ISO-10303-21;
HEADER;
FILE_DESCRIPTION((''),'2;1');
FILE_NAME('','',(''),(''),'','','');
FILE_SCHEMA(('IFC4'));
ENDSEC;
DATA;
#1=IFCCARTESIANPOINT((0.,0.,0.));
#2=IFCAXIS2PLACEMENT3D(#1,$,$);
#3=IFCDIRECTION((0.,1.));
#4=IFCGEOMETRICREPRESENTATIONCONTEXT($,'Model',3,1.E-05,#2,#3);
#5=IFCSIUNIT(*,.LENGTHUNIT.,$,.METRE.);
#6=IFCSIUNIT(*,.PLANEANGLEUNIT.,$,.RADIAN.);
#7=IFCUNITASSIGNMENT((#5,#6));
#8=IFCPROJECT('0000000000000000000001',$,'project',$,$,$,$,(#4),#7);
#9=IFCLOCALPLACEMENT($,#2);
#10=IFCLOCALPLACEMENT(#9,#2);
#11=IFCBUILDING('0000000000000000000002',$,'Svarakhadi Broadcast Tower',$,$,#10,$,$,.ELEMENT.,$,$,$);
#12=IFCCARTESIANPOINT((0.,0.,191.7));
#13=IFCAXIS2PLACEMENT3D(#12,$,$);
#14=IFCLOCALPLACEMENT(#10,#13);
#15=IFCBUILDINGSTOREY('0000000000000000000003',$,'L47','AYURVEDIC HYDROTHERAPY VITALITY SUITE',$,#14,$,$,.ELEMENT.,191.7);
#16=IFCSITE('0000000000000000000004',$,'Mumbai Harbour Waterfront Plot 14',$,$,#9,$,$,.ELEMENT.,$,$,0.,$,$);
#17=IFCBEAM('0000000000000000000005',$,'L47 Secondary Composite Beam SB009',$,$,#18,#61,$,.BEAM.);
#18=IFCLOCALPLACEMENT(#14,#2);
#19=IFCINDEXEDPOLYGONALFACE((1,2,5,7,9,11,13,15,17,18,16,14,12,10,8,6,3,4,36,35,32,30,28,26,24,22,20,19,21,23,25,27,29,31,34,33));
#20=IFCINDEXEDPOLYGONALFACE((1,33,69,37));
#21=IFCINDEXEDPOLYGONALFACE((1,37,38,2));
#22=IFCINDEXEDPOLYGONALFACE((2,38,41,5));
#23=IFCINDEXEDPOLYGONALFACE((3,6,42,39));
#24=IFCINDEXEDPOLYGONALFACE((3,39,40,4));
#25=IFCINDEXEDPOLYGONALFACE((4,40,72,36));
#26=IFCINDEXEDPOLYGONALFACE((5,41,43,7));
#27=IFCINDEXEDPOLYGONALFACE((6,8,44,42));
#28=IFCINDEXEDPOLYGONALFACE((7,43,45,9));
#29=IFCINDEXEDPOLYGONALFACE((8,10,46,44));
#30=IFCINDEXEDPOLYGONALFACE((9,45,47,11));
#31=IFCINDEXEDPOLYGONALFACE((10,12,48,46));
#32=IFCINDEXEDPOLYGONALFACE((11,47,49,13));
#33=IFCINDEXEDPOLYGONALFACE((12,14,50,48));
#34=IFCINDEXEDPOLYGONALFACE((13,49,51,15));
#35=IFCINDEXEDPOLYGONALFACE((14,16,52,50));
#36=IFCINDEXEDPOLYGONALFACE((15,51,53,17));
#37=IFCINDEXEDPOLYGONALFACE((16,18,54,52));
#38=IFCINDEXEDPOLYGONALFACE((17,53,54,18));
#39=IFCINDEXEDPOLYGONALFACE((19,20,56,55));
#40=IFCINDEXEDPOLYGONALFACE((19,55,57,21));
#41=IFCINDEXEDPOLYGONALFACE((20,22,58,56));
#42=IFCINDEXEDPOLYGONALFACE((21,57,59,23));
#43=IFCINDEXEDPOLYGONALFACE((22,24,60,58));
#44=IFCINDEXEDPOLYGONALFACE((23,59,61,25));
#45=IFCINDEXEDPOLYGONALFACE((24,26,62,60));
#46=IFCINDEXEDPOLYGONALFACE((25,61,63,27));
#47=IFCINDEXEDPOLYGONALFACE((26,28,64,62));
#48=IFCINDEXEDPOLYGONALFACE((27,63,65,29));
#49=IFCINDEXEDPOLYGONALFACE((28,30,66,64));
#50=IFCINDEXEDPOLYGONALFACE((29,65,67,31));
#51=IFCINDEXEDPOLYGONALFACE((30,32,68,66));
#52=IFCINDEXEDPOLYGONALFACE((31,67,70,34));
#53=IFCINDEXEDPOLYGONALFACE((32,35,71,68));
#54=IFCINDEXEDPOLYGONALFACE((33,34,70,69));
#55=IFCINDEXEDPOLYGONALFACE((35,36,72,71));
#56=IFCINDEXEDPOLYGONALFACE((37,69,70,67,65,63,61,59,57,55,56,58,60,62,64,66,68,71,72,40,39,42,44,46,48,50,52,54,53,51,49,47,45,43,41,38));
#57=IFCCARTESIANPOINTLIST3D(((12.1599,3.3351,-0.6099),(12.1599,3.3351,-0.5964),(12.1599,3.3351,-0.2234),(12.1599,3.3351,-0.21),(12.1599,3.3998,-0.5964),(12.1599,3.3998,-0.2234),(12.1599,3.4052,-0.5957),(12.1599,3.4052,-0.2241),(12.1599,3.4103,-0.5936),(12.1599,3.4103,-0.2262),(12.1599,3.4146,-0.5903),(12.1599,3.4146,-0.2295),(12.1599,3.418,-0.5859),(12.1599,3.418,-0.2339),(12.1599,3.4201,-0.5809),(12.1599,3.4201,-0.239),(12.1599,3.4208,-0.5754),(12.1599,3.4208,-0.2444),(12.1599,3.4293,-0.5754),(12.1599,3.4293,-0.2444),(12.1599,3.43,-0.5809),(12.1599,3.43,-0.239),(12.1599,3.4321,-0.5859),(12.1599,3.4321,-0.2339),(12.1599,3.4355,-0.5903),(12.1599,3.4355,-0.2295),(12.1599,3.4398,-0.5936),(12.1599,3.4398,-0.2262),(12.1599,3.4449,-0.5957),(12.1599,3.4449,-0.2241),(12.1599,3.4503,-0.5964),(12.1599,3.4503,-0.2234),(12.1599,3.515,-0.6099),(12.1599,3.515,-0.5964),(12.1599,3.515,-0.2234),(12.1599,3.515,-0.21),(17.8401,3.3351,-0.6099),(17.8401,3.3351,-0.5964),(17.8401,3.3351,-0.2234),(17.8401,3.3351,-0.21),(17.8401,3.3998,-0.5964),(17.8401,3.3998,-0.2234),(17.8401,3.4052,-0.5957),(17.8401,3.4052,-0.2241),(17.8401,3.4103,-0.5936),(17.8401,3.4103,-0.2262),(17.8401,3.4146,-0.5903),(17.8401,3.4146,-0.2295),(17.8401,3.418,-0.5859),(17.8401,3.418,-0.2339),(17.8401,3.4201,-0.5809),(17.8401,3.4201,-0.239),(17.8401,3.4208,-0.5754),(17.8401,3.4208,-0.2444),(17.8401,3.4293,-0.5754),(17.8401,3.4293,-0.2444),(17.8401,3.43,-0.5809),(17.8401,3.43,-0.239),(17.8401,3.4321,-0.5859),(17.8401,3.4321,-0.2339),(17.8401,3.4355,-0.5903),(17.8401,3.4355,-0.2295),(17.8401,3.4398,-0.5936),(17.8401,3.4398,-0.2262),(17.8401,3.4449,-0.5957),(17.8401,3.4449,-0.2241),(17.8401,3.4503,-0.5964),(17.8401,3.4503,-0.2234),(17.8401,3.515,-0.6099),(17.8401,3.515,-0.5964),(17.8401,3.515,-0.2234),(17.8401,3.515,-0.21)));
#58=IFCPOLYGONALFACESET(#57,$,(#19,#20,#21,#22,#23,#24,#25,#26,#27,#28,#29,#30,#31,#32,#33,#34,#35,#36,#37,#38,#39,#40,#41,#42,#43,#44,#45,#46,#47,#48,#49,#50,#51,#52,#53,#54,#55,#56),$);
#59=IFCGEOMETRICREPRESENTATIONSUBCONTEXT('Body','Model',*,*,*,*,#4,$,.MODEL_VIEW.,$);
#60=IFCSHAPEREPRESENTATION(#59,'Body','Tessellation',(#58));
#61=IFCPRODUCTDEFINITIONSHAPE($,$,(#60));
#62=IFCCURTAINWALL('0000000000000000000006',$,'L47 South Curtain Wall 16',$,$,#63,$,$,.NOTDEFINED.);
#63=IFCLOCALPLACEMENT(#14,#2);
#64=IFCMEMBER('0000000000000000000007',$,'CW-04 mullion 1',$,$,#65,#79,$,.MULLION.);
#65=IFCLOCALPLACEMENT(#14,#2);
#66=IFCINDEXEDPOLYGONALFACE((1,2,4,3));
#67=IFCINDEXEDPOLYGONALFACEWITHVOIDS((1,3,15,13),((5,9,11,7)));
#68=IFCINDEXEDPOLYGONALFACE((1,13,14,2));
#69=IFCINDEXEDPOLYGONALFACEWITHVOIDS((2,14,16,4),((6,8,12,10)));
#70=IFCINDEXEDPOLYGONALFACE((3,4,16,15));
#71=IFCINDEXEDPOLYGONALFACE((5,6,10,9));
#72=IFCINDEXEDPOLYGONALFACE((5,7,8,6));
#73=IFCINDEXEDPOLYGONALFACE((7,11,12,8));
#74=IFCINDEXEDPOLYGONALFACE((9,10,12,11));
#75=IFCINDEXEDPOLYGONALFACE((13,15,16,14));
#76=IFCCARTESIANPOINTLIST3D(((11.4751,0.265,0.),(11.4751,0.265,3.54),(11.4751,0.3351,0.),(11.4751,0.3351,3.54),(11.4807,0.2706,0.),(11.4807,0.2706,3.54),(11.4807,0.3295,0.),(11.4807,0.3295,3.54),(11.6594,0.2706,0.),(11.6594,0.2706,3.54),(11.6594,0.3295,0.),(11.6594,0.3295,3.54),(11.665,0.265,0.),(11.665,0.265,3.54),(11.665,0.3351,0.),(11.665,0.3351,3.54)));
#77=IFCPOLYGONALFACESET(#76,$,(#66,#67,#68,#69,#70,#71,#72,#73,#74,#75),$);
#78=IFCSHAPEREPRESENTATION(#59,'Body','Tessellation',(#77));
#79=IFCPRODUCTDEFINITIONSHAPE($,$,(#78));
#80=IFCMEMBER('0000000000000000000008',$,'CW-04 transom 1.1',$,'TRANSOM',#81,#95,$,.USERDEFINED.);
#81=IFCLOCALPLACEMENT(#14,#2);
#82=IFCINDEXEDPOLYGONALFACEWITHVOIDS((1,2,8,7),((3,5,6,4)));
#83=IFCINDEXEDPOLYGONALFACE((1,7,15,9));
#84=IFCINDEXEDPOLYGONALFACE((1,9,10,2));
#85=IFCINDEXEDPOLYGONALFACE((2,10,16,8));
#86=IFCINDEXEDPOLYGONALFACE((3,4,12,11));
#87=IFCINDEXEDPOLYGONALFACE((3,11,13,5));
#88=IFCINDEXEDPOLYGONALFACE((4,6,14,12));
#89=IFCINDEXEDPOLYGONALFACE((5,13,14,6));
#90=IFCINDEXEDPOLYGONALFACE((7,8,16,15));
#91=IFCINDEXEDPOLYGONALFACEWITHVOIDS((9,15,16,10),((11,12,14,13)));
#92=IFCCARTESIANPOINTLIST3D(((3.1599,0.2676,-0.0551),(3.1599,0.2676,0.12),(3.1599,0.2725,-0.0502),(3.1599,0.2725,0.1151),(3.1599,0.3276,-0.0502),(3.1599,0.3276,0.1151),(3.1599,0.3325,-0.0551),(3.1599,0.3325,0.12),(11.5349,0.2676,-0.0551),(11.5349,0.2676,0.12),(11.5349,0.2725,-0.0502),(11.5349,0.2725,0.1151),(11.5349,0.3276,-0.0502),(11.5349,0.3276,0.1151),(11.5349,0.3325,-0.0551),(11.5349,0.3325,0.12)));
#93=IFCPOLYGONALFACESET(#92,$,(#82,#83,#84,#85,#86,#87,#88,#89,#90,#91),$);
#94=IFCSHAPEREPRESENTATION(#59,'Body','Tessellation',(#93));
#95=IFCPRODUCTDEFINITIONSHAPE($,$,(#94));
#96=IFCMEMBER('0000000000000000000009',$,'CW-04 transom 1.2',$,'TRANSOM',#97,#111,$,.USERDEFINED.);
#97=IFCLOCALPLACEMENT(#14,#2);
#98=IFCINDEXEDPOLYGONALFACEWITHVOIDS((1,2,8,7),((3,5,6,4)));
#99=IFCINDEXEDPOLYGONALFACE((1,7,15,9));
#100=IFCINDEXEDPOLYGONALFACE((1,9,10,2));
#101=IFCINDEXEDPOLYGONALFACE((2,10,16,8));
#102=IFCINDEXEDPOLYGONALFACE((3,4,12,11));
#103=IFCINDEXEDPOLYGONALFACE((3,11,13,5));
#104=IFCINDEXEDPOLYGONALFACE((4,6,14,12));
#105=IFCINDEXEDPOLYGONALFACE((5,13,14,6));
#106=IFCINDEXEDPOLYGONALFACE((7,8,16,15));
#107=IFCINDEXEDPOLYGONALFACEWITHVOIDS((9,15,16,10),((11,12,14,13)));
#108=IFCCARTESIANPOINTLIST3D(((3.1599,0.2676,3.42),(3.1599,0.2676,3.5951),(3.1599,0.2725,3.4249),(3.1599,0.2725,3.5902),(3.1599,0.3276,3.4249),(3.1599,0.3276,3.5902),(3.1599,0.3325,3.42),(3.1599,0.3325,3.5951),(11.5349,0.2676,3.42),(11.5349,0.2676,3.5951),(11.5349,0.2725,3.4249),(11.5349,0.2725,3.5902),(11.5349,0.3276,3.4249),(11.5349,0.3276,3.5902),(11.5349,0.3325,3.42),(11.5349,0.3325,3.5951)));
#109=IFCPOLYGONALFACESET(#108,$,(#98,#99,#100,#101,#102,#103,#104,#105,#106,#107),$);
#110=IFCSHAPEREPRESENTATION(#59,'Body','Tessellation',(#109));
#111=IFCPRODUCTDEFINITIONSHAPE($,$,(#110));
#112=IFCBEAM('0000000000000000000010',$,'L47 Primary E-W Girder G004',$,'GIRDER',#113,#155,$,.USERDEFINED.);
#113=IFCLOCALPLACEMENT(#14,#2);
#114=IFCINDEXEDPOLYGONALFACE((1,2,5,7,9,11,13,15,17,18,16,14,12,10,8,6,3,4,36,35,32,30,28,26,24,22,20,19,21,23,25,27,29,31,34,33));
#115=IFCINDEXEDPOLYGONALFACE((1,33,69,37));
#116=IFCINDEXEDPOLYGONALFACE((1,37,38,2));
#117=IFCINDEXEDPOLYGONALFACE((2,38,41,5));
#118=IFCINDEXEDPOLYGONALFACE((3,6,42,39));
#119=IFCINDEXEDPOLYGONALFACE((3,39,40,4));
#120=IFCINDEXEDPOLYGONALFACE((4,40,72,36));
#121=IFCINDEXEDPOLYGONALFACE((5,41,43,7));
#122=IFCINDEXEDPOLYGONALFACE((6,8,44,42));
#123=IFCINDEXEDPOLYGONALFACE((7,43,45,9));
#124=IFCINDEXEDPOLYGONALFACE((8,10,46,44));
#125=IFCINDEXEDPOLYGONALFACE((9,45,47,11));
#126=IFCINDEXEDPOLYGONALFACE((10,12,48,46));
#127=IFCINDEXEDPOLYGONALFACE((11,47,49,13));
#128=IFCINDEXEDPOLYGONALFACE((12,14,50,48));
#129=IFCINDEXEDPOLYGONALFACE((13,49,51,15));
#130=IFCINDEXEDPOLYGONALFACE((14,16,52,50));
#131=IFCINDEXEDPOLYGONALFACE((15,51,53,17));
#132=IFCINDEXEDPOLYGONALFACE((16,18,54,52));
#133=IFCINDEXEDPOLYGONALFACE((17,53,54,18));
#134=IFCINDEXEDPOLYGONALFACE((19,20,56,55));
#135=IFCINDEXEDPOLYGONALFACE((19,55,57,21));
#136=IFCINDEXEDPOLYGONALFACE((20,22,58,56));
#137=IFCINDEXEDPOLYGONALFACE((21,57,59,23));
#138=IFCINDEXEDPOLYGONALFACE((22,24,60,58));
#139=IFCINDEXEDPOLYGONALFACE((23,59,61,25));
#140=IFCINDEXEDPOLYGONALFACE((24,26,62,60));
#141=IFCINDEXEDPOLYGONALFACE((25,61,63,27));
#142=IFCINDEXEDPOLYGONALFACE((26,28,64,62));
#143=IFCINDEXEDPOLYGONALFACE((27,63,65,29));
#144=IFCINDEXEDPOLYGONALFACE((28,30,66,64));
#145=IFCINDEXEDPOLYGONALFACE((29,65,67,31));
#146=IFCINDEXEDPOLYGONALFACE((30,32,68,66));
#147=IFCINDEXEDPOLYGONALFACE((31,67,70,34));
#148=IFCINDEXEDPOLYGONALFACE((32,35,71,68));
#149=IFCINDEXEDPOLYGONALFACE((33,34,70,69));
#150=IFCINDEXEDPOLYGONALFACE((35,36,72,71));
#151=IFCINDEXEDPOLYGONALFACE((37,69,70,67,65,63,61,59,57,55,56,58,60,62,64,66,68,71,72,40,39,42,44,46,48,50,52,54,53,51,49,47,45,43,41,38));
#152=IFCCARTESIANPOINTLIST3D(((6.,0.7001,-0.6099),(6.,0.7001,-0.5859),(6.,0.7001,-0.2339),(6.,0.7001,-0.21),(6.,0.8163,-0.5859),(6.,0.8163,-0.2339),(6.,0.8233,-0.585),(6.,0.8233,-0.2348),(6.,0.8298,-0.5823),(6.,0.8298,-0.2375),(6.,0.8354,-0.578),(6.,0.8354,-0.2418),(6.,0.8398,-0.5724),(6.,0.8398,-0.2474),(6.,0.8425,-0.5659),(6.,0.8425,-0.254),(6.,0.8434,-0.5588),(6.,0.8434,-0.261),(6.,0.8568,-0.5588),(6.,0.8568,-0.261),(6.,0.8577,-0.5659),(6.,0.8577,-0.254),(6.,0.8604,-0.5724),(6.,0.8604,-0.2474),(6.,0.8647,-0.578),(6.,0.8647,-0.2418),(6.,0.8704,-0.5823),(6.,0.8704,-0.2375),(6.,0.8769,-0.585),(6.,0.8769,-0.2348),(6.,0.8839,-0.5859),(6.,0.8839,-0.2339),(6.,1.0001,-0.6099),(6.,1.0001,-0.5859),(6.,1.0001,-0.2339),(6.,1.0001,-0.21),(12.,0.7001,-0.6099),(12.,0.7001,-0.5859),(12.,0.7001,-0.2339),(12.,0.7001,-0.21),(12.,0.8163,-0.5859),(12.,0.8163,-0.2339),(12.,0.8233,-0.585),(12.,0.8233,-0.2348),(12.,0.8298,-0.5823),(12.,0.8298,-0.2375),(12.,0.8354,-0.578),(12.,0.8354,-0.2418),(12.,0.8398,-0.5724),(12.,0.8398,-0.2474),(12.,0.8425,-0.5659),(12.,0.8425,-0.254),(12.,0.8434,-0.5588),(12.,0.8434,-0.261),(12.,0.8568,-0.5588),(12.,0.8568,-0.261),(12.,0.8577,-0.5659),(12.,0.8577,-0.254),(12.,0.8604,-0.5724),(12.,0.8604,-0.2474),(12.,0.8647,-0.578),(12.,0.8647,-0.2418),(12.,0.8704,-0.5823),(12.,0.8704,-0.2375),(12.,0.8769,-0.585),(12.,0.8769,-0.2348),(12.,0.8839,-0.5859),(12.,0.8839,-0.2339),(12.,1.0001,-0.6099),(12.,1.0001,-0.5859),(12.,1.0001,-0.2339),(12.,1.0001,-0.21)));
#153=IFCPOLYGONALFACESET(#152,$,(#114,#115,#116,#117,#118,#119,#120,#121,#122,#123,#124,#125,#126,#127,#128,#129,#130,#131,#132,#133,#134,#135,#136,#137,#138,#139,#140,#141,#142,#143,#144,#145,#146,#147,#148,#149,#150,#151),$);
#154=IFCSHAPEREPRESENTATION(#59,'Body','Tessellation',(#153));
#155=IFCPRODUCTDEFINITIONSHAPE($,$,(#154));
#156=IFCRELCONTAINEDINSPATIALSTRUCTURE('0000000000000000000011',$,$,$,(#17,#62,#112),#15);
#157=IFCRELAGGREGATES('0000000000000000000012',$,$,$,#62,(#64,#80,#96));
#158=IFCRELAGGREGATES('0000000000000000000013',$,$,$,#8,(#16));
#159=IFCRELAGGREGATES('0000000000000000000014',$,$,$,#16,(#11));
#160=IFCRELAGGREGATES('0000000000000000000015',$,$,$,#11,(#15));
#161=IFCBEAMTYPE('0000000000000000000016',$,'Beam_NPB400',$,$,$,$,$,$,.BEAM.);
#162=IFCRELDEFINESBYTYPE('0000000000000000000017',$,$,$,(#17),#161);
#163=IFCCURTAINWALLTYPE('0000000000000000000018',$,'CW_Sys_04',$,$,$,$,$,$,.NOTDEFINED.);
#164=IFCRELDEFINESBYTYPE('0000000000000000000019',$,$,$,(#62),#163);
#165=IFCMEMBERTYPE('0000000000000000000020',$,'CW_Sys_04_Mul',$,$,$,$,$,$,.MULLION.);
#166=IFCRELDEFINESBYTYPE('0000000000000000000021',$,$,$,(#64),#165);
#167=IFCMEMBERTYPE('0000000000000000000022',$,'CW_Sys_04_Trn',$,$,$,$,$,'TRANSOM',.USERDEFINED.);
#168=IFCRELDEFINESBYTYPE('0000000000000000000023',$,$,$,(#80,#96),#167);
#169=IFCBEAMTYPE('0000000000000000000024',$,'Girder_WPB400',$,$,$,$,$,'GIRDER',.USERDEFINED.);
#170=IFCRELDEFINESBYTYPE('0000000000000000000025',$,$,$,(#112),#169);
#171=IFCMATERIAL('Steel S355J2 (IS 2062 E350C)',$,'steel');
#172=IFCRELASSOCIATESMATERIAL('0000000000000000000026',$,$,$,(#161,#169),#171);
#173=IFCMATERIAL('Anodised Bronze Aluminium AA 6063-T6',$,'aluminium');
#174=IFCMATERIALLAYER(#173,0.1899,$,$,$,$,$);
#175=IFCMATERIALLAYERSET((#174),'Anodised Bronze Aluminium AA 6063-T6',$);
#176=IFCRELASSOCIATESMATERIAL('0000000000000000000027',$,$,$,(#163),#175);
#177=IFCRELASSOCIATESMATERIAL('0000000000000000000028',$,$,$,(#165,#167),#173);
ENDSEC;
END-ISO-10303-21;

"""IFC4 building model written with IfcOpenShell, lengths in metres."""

from ifc_helpers import new_model, si_unit, direction, frame, origin, origin_2d, place, context, subcontext, project, spatial, hollow_rectangle, i_section, extrude, material, layer, layer_set, material_profile, profile_set, type_object, element, aggregate, save


model = new_model("IFC4")

# Units and contexts
model_context = context("Model", 3, precision=1e-05, world=origin(), true_north=direction((0.0, 1.0)))
body_context = subcontext(model_context, "Body", "Model", "MODEL_VIEW")
ifc_project = project(units=[si_unit("LENGTHUNIT", "METRE"), si_unit("PLANEANGLEUNIT", "RADIAN")], contexts=[model_context])

# Site, building, storey
site_placement = place(None, origin())
site = spatial("IfcSite", under=ifc_project, at=site_placement, Name="Mumbai Harbour Waterfront Plot 14", CompositionType="ELEMENT", RefElevation=0.0)
building_placement = place(site_placement, origin())
building = spatial("IfcBuilding", under=site, at=building_placement, Name="Svarakhadi Broadcast Tower", CompositionType="ELEMENT")
storey_placement = place(building_placement, frame((0.0, 0.0, 191.7)))
storey = spatial("IfcBuildingStorey", under=building, at=storey_placement, Name="L47", Description="AYURVEDIC HYDROTHERAPY VITALITY SUITE", CompositionType="ELEMENT", Elevation=191.7)

# Beam
ifc_material_1 = material(Name="Steel S355J2 (IS 2062 E350C)", Category="steel")
ifc_material_profile_1 = material_profile(ifc_material_1, i_section(OverallWidth=0.1799, OverallDepth=0.3999, WebThickness=0.0085, FlangeThickness=0.0134, FilletRadius=0.021, at=origin_2d()), Name="NPB 400x180x66")
ifc_profile_set_1 = profile_set([ifc_material_profile_1], Name="Steel S355J2 (IS 2062 E350C)")
beam_type_1 = type_object("IfcBeamType", Name="Beam_NPB400", PredefinedType="BEAM", material=ifc_profile_set_1)
for number, where, z_axis, x_axis, name in (
    (1, (12.1599, 3.425, -0.4099), (1.0, 0.0, 0.0), (0.0, 1.0, 0.0), "L47 Secondary Composite Beam SB009"),
):
    element("IfcBeam", number, at=place(storey_placement, frame(where, z_axis=z_axis, x_axis=x_axis)), inside=storey, type_object=beam_type_1, Name=name, PredefinedType="BEAM", context=body_context, shape_type="SweptSolid", body=[
        extrude(i_section(OverallWidth=0.1799, OverallDepth=0.3999, WebThickness=0.0085, FlangeThickness=0.0134, FilletRadius=0.021, at=origin_2d()), origin(), (0.0, 0.0, 1.0), 5.6802),
    ])

# Curtain wall, members
ifc_material_2 = material(Name="Anodised Bronze Aluminium AA 6063-T6", Category="aluminium")
ifc_layer_1 = layer(ifc_material_2, 0.1899)
ifc_layer_set_1 = layer_set([ifc_layer_1], Name="Anodised Bronze Aluminium AA 6063-T6")
curtain_wall_type = type_object("IfcCurtainWallType", Name="CW_Sys_04", PredefinedType="NOTDEFINED", material=ifc_layer_set_1)
curtain_wall_placement = place(storey_placement, origin())
curtain_wall = element("IfcCurtainWall", 2, at=curtain_wall_placement, inside=storey, type_object=curtain_wall_type, Name="L47 South Curtain Wall 16", PredefinedType="NOTDEFINED")
ifc_material_profile_2 = material_profile(ifc_material_2, hollow_rectangle(XDim=0.0701, YDim=0.1899, WallThickness=0.0056, at=origin_2d()), Name="ALU MULLION 190x70x6")
ifc_profile_set_2 = profile_set([ifc_material_profile_2], Name="Anodised Bronze Aluminium AA 6063-T6")
member_type_1 = type_object("IfcMemberType", Name="CW_Sys_04_Mul", PredefinedType="MULLION", material=ifc_profile_set_2)
member_1_placement = place(storey_placement, frame((11.5701, 0.3, 0.0), z_axis=(0.0, 0.0, 1.0), x_axis=(0.0, -1.0, 0.0)))
member_1 = element("IfcMember", 3, at=member_1_placement, type_object=member_type_1, Name="CW-04 mullion 1", PredefinedType="MULLION", context=body_context, shape_type="SweptSolid", body=[
    extrude(hollow_rectangle(XDim=0.0701, YDim=0.1899, WallThickness=0.0056, at=origin_2d()), origin(), (0.0, 0.0, 1.0), 3.54),
])
ifc_material_profile_3 = material_profile(ifc_material_2, hollow_rectangle(XDim=0.0649, YDim=0.175, WallThickness=0.0049, at=origin_2d()), Name="ALU TRANSOM 175x65x5")
ifc_profile_set_3 = profile_set([ifc_material_profile_3], Name="Anodised Bronze Aluminium AA 6063-T6")
member_type_2 = type_object("IfcMemberType", Name="CW_Sys_04_Trn", ElementType="TRANSOM", PredefinedType="USERDEFINED", material=ifc_profile_set_3)
member_2_placement = place(storey_placement, frame((11.5349, 0.3, 0.0325), z_axis=(-1.0, 0.0, 0.0), x_axis=(0.0, -1.0, 0.0)))
member_2 = element("IfcMember", 4, at=member_2_placement, type_object=member_type_2, Name="CW-04 transom 1.1", ObjectType="TRANSOM", PredefinedType="USERDEFINED", context=body_context, shape_type="SweptSolid", body=[
    extrude(hollow_rectangle(XDim=0.0649, YDim=0.175, WallThickness=0.0049, at=origin_2d()), origin(), (0.0, 0.0, 1.0), 8.375),
])
member_3_placement = place(storey_placement, frame((11.5349, 0.3, 3.5076), z_axis=(-1.0, 0.0, 0.0), x_axis=(0.0, -1.0, 0.0)))
member_3 = element("IfcMember", 5, at=member_3_placement, type_object=member_type_2, Name="CW-04 transom 1.2", ObjectType="TRANSOM", PredefinedType="USERDEFINED", context=body_context, shape_type="SweptSolid", body=[
    extrude(hollow_rectangle(XDim=0.0649, YDim=0.175, WallThickness=0.0049, at=origin_2d()), origin(), (0.0, 0.0, 1.0), 8.375),
])

# Beam
ifc_material_profile_4 = material_profile(ifc_material_1, i_section(OverallWidth=0.3, OverallDepth=0.3999, WebThickness=0.0134, FlangeThickness=0.0239, FilletRadius=0.0271, at=origin_2d()), Name="WPB 400x300x155")
ifc_profile_set_4 = profile_set([ifc_material_profile_4], Name="Steel S355J2 (IS 2062 E350C)")
beam_type_2 = type_object("IfcBeamType", Name="Girder_WPB400", ElementType="GIRDER", PredefinedType="USERDEFINED", material=ifc_profile_set_4)
for number, where, z_axis, x_axis, name in (
    (6, (6.0, 0.8501, -0.4099), (1.0, 0.0, 0.0), (0.0, 1.0, 0.0), "L47 Primary E-W Girder G004"),
):
    element("IfcBeam", number, at=place(storey_placement, frame(where, z_axis=z_axis, x_axis=x_axis)), inside=storey, type_object=beam_type_2, Name=name, ObjectType="GIRDER", PredefinedType="USERDEFINED", context=body_context, shape_type="SweptSolid", body=[
        extrude(i_section(OverallWidth=0.3, OverallDepth=0.3999, WebThickness=0.0134, FlangeThickness=0.0239, FilletRadius=0.0271, at=origin_2d()), origin(), (0.0, 0.0, 1.0), 6.0),
    ])

aggregate(curtain_wall, [member_1, member_2, member_3])

save(model, "model.ifc")
